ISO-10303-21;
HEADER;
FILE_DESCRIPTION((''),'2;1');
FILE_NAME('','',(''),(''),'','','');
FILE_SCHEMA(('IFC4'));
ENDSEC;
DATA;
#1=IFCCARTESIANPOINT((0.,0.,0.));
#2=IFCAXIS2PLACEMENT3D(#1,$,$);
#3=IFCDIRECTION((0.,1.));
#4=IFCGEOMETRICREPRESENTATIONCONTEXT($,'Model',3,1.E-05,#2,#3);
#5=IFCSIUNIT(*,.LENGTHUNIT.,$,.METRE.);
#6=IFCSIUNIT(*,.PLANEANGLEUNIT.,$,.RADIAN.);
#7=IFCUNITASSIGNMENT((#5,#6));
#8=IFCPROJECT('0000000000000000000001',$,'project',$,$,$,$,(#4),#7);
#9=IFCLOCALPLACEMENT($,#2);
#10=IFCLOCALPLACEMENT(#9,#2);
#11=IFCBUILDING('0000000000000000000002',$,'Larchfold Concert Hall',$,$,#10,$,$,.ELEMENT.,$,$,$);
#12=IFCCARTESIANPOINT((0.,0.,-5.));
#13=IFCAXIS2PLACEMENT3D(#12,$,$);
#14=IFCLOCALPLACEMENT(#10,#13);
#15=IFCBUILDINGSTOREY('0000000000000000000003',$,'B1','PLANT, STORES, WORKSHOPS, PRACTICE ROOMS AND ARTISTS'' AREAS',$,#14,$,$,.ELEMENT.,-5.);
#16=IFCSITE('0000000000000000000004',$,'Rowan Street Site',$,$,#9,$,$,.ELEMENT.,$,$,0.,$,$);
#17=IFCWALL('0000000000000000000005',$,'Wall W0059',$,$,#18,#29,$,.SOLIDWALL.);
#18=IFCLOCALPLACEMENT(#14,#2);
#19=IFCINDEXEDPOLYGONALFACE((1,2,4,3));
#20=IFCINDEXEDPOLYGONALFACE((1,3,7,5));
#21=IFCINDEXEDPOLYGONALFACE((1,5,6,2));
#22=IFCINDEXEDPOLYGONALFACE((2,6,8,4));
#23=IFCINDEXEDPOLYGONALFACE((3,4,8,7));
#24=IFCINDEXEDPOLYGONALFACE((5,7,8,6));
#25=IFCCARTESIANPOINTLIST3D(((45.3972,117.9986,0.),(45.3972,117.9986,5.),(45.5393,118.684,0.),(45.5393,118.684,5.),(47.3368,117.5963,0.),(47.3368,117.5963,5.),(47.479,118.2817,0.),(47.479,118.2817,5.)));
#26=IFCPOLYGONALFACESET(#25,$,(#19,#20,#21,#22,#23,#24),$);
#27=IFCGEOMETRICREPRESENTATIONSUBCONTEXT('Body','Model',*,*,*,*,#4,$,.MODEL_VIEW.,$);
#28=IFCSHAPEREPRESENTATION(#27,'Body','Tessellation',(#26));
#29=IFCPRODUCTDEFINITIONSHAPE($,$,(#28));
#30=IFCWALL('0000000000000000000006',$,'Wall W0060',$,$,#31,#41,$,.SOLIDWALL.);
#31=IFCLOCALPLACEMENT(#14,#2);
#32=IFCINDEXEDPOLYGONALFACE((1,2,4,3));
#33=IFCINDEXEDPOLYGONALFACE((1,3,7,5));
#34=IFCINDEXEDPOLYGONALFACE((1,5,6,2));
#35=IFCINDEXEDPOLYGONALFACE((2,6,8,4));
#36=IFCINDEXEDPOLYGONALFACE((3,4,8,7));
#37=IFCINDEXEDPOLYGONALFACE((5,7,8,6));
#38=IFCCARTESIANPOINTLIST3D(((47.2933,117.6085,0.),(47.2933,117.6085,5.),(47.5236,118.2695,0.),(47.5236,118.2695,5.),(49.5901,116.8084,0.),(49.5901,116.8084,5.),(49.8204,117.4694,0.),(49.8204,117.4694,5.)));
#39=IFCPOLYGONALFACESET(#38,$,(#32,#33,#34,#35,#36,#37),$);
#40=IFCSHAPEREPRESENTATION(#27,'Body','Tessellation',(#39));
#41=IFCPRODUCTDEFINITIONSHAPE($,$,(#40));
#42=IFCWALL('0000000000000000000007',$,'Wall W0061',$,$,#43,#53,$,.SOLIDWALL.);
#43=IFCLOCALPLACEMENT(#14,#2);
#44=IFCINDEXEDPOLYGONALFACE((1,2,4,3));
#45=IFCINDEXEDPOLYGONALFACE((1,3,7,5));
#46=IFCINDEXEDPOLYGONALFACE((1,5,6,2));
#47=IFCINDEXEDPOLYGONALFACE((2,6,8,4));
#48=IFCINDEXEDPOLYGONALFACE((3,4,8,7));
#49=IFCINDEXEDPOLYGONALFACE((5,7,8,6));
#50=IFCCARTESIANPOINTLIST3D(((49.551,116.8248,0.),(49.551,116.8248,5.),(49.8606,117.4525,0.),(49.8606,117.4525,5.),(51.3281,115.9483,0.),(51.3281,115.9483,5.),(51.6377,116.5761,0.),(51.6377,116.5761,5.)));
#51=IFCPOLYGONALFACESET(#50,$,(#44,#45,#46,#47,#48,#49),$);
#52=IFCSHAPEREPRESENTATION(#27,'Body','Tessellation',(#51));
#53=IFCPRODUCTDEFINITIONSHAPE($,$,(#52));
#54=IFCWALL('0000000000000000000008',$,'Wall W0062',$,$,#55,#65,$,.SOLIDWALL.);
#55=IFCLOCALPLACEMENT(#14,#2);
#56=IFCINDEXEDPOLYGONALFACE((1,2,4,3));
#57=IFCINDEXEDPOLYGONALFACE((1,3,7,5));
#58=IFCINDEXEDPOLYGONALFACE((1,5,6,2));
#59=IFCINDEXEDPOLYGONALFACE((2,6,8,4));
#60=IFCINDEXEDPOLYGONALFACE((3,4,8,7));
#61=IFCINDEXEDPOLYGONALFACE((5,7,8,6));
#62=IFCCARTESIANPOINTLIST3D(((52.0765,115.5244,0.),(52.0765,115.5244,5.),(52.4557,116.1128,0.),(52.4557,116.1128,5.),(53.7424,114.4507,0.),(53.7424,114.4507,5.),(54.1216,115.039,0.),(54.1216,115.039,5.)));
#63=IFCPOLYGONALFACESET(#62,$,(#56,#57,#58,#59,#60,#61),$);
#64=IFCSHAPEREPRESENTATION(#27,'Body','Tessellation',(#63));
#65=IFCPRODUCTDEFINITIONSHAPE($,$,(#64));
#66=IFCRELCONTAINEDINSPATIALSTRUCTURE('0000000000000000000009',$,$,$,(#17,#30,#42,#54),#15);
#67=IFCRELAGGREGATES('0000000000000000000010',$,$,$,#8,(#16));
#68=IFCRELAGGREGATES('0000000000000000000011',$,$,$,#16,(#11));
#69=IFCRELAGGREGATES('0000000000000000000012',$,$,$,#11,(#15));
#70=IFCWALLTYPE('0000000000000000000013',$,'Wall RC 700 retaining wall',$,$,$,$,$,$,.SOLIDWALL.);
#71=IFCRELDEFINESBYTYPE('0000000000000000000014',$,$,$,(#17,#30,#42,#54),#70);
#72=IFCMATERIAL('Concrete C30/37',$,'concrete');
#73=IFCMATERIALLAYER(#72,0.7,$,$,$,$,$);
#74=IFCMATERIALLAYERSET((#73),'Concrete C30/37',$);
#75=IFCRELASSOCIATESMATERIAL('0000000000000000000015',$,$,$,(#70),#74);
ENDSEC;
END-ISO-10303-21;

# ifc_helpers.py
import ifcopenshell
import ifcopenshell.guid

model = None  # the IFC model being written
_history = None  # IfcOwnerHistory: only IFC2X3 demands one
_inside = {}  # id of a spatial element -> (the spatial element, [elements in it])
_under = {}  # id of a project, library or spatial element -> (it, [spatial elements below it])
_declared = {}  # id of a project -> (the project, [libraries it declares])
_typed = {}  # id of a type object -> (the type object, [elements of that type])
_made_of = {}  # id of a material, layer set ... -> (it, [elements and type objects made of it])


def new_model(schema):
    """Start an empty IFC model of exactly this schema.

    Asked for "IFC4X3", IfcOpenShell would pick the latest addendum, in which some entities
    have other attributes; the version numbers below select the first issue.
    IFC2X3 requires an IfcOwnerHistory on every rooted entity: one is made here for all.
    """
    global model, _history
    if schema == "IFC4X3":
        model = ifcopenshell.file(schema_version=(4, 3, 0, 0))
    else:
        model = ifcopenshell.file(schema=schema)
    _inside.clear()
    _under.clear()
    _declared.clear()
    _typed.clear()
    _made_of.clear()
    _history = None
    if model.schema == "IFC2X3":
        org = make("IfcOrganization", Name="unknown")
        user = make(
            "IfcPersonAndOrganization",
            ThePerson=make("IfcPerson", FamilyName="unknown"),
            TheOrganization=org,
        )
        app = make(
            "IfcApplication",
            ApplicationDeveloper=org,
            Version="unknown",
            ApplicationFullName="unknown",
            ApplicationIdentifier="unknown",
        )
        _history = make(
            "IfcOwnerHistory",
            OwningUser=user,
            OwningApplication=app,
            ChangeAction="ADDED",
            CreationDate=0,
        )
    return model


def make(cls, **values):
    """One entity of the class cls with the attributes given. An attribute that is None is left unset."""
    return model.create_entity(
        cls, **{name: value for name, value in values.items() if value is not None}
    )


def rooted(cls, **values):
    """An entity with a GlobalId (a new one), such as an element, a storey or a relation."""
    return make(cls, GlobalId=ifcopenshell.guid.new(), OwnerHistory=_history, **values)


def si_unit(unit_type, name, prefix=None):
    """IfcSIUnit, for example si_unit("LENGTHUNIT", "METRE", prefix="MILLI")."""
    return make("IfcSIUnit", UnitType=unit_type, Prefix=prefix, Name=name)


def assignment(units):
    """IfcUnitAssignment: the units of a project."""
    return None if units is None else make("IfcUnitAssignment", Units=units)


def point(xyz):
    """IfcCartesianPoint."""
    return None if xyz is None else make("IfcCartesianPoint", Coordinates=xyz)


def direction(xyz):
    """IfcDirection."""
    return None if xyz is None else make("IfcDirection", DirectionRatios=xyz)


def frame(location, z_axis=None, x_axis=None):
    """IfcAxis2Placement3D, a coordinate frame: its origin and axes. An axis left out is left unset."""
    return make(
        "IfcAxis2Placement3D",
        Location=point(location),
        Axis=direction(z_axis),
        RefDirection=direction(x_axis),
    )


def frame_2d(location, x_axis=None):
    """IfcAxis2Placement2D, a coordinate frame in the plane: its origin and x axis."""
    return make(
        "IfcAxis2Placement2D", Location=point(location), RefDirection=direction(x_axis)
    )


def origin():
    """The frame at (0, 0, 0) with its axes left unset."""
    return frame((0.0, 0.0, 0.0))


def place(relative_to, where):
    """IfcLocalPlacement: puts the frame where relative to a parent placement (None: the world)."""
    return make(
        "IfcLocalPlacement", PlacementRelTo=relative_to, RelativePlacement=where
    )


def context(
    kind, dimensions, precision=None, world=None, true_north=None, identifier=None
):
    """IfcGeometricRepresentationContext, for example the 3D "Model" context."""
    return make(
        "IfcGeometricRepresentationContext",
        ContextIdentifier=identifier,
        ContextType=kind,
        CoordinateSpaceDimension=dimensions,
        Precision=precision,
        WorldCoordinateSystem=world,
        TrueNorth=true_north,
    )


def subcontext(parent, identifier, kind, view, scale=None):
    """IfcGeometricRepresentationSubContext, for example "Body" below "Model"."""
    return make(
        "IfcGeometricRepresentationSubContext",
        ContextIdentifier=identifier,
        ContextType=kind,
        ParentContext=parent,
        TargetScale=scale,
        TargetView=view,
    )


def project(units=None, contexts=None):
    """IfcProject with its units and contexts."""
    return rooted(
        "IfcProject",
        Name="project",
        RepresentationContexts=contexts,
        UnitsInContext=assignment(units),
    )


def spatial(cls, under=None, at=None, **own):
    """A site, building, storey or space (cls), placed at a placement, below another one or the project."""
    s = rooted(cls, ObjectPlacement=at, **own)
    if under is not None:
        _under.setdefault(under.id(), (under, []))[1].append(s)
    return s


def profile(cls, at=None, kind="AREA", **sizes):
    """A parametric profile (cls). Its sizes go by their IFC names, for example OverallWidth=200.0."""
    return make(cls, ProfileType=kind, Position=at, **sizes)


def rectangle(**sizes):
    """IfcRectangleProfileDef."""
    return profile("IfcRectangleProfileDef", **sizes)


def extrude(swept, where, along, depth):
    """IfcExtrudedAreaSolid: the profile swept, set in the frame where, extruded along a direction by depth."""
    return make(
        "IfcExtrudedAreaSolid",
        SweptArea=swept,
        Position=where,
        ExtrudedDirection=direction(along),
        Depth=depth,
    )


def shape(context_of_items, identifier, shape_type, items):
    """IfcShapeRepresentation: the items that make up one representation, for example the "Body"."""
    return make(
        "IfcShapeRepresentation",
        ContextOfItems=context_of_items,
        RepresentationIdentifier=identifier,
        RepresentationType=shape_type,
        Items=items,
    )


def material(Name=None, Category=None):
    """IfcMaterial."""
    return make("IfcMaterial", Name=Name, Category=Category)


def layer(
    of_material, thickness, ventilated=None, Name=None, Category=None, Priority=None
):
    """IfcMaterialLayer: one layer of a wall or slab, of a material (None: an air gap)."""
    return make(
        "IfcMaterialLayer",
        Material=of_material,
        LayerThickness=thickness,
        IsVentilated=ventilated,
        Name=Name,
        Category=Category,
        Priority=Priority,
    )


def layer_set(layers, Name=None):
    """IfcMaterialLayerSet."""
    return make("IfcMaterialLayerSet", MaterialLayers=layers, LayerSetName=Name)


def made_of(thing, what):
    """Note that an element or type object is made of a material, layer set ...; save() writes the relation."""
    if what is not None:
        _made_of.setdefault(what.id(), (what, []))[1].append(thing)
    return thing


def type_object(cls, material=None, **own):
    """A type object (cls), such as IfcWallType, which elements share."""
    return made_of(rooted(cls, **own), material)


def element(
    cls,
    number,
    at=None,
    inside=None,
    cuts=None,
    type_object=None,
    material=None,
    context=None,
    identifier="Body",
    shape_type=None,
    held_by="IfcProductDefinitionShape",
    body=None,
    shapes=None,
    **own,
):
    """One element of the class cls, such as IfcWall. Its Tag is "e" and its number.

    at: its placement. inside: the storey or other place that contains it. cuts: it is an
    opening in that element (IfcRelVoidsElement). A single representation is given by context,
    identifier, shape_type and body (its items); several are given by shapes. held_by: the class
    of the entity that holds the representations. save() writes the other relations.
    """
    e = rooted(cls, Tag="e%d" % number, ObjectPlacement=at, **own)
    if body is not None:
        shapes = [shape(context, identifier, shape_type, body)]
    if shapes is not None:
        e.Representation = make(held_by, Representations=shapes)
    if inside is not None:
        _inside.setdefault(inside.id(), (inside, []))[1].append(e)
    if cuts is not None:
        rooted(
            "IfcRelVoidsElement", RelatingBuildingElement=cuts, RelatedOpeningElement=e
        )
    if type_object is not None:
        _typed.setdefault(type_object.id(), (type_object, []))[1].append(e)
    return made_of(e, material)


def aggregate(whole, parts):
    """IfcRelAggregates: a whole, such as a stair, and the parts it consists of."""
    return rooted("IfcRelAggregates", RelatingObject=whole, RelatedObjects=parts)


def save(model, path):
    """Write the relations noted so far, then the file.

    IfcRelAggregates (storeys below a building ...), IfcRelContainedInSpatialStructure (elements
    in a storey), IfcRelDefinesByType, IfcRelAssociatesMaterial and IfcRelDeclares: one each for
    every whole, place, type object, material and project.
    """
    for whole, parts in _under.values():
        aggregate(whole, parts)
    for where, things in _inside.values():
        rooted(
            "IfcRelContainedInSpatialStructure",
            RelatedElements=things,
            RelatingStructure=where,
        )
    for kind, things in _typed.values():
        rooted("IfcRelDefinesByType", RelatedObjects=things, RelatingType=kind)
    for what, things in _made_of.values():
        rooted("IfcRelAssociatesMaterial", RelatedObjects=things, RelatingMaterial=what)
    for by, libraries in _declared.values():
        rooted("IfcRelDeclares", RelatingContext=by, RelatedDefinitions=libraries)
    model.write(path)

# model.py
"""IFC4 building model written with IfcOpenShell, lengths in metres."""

from ifc_helpers import new_model, si_unit, direction, frame, frame_2d, origin, place, context, subcontext, project, spatial, rectangle, extrude, material, layer, layer_set, type_object, element, save


model = new_model("IFC4")

# Units and contexts
model_context = context("Model", 3, precision=1e-05, world=origin(), true_north=direction((0.0, 1.0)))
body_context = subcontext(model_context, "Body", "Model", "MODEL_VIEW")
ifc_project = project(units=[si_unit("LENGTHUNIT", "METRE"), si_unit("PLANEANGLEUNIT", "RADIAN")], contexts=[model_context])

# Site, building, storey
site_placement = place(None, origin())
site = spatial("IfcSite", under=ifc_project, at=site_placement, Name="Rowan Street Site", CompositionType="ELEMENT", RefElevation=0.0)
building_placement = place(site_placement, origin())
building = spatial("IfcBuilding", under=site, at=building_placement, Name="Larchfold Concert Hall", CompositionType="ELEMENT")
storey_placement = place(building_placement, frame((0.0, 0.0, -5.0)))
storey = spatial("IfcBuildingStorey", under=building, at=storey_placement, Name="B1", Description="PLANT, STORES, WORKSHOPS, PRACTICE ROOMS AND ARTISTS' AREAS", CompositionType="ELEMENT", Elevation=-5.0)

# Walls
ifc_material_1 = material(Name="Concrete C30/37", Category="concrete")
ifc_layer_1 = layer(ifc_material_1, 0.7)
ifc_layer_set_1 = layer_set([ifc_layer_1], Name="Concrete C30/37")
wall_type_1 = type_object("IfcWallType", Name="Wall RC 700 retaining wall", PredefinedType="SOLIDWALL", material=ifc_layer_set_1)
wall_1_placement = place(storey_placement, frame((45.4683, 118.3413, 0.0), z_axis=(0.0, 0.0, 1.0), x_axis=(0.979157, -0.203103, 0.0)))
element("IfcWall", 1, at=wall_1_placement, inside=storey, type_object=wall_type_1, Name="Wall W0059", PredefinedType="SOLIDWALL", context=body_context, shape_type="SweptSolid", body=[
    extrude(rectangle(XDim=1.981, YDim=0.7, at=frame_2d((0.9905, 0.0))), origin(), (0.0, 0.0, 1.0), 5.0),
])
wall_2_placement = place(storey_placement, frame((47.4084, 117.939, 0.0), z_axis=(0.0, 0.0, 1.0), x_axis=(0.944352, -0.328937, 0.0)))
element("IfcWall", 2, at=wall_2_placement, inside=storey, type_object=wall_type_1, Name="Wall W0060", PredefinedType="SOLIDWALL", context=body_context, shape_type="SweptSolid", body=[
    extrude(rectangle(XDim=2.4321, YDim=0.7, at=frame_2d((1.2161, 0.0))), origin(), (0.0, 0.0, 1.0), 5.0),
])
wall_3_placement = place(storey_placement, frame((49.7058, 117.1387, 0.0), z_axis=(0.0, 0.0, 1.0), x_axis=(0.896853, -0.442328, 0.0)))
element("IfcWall", 3, at=wall_3_placement, inside=storey, type_object=wall_type_1, Name="Wall W0061", PredefinedType="SOLIDWALL", context=body_context, shape_type="SweptSolid", body=[
    extrude(rectangle(XDim=1.9814, YDim=0.7, at=frame_2d((0.9907, 0.0))), origin(), (0.0, 0.0, 1.0), 5.0),
])
wall_4_placement = place(storey_placement, frame((52.2661, 115.8186, 0.0), z_axis=(0.0, 0.0, 1.0), x_axis=(0.840517, -0.541785, 0.0)))
element("IfcWall", 4, at=wall_4_placement, inside=storey, type_object=wall_type_1, Name="Wall W0062", PredefinedType="SOLIDWALL", context=body_context, shape_type="SweptSolid", body=[
    extrude(rectangle(XDim=1.9819, YDim=0.7, at=frame_2d((0.991, 0.0))), origin(), (0.0, 0.0, 1.0), 5.0),
])

save(model, "model.ifc")
